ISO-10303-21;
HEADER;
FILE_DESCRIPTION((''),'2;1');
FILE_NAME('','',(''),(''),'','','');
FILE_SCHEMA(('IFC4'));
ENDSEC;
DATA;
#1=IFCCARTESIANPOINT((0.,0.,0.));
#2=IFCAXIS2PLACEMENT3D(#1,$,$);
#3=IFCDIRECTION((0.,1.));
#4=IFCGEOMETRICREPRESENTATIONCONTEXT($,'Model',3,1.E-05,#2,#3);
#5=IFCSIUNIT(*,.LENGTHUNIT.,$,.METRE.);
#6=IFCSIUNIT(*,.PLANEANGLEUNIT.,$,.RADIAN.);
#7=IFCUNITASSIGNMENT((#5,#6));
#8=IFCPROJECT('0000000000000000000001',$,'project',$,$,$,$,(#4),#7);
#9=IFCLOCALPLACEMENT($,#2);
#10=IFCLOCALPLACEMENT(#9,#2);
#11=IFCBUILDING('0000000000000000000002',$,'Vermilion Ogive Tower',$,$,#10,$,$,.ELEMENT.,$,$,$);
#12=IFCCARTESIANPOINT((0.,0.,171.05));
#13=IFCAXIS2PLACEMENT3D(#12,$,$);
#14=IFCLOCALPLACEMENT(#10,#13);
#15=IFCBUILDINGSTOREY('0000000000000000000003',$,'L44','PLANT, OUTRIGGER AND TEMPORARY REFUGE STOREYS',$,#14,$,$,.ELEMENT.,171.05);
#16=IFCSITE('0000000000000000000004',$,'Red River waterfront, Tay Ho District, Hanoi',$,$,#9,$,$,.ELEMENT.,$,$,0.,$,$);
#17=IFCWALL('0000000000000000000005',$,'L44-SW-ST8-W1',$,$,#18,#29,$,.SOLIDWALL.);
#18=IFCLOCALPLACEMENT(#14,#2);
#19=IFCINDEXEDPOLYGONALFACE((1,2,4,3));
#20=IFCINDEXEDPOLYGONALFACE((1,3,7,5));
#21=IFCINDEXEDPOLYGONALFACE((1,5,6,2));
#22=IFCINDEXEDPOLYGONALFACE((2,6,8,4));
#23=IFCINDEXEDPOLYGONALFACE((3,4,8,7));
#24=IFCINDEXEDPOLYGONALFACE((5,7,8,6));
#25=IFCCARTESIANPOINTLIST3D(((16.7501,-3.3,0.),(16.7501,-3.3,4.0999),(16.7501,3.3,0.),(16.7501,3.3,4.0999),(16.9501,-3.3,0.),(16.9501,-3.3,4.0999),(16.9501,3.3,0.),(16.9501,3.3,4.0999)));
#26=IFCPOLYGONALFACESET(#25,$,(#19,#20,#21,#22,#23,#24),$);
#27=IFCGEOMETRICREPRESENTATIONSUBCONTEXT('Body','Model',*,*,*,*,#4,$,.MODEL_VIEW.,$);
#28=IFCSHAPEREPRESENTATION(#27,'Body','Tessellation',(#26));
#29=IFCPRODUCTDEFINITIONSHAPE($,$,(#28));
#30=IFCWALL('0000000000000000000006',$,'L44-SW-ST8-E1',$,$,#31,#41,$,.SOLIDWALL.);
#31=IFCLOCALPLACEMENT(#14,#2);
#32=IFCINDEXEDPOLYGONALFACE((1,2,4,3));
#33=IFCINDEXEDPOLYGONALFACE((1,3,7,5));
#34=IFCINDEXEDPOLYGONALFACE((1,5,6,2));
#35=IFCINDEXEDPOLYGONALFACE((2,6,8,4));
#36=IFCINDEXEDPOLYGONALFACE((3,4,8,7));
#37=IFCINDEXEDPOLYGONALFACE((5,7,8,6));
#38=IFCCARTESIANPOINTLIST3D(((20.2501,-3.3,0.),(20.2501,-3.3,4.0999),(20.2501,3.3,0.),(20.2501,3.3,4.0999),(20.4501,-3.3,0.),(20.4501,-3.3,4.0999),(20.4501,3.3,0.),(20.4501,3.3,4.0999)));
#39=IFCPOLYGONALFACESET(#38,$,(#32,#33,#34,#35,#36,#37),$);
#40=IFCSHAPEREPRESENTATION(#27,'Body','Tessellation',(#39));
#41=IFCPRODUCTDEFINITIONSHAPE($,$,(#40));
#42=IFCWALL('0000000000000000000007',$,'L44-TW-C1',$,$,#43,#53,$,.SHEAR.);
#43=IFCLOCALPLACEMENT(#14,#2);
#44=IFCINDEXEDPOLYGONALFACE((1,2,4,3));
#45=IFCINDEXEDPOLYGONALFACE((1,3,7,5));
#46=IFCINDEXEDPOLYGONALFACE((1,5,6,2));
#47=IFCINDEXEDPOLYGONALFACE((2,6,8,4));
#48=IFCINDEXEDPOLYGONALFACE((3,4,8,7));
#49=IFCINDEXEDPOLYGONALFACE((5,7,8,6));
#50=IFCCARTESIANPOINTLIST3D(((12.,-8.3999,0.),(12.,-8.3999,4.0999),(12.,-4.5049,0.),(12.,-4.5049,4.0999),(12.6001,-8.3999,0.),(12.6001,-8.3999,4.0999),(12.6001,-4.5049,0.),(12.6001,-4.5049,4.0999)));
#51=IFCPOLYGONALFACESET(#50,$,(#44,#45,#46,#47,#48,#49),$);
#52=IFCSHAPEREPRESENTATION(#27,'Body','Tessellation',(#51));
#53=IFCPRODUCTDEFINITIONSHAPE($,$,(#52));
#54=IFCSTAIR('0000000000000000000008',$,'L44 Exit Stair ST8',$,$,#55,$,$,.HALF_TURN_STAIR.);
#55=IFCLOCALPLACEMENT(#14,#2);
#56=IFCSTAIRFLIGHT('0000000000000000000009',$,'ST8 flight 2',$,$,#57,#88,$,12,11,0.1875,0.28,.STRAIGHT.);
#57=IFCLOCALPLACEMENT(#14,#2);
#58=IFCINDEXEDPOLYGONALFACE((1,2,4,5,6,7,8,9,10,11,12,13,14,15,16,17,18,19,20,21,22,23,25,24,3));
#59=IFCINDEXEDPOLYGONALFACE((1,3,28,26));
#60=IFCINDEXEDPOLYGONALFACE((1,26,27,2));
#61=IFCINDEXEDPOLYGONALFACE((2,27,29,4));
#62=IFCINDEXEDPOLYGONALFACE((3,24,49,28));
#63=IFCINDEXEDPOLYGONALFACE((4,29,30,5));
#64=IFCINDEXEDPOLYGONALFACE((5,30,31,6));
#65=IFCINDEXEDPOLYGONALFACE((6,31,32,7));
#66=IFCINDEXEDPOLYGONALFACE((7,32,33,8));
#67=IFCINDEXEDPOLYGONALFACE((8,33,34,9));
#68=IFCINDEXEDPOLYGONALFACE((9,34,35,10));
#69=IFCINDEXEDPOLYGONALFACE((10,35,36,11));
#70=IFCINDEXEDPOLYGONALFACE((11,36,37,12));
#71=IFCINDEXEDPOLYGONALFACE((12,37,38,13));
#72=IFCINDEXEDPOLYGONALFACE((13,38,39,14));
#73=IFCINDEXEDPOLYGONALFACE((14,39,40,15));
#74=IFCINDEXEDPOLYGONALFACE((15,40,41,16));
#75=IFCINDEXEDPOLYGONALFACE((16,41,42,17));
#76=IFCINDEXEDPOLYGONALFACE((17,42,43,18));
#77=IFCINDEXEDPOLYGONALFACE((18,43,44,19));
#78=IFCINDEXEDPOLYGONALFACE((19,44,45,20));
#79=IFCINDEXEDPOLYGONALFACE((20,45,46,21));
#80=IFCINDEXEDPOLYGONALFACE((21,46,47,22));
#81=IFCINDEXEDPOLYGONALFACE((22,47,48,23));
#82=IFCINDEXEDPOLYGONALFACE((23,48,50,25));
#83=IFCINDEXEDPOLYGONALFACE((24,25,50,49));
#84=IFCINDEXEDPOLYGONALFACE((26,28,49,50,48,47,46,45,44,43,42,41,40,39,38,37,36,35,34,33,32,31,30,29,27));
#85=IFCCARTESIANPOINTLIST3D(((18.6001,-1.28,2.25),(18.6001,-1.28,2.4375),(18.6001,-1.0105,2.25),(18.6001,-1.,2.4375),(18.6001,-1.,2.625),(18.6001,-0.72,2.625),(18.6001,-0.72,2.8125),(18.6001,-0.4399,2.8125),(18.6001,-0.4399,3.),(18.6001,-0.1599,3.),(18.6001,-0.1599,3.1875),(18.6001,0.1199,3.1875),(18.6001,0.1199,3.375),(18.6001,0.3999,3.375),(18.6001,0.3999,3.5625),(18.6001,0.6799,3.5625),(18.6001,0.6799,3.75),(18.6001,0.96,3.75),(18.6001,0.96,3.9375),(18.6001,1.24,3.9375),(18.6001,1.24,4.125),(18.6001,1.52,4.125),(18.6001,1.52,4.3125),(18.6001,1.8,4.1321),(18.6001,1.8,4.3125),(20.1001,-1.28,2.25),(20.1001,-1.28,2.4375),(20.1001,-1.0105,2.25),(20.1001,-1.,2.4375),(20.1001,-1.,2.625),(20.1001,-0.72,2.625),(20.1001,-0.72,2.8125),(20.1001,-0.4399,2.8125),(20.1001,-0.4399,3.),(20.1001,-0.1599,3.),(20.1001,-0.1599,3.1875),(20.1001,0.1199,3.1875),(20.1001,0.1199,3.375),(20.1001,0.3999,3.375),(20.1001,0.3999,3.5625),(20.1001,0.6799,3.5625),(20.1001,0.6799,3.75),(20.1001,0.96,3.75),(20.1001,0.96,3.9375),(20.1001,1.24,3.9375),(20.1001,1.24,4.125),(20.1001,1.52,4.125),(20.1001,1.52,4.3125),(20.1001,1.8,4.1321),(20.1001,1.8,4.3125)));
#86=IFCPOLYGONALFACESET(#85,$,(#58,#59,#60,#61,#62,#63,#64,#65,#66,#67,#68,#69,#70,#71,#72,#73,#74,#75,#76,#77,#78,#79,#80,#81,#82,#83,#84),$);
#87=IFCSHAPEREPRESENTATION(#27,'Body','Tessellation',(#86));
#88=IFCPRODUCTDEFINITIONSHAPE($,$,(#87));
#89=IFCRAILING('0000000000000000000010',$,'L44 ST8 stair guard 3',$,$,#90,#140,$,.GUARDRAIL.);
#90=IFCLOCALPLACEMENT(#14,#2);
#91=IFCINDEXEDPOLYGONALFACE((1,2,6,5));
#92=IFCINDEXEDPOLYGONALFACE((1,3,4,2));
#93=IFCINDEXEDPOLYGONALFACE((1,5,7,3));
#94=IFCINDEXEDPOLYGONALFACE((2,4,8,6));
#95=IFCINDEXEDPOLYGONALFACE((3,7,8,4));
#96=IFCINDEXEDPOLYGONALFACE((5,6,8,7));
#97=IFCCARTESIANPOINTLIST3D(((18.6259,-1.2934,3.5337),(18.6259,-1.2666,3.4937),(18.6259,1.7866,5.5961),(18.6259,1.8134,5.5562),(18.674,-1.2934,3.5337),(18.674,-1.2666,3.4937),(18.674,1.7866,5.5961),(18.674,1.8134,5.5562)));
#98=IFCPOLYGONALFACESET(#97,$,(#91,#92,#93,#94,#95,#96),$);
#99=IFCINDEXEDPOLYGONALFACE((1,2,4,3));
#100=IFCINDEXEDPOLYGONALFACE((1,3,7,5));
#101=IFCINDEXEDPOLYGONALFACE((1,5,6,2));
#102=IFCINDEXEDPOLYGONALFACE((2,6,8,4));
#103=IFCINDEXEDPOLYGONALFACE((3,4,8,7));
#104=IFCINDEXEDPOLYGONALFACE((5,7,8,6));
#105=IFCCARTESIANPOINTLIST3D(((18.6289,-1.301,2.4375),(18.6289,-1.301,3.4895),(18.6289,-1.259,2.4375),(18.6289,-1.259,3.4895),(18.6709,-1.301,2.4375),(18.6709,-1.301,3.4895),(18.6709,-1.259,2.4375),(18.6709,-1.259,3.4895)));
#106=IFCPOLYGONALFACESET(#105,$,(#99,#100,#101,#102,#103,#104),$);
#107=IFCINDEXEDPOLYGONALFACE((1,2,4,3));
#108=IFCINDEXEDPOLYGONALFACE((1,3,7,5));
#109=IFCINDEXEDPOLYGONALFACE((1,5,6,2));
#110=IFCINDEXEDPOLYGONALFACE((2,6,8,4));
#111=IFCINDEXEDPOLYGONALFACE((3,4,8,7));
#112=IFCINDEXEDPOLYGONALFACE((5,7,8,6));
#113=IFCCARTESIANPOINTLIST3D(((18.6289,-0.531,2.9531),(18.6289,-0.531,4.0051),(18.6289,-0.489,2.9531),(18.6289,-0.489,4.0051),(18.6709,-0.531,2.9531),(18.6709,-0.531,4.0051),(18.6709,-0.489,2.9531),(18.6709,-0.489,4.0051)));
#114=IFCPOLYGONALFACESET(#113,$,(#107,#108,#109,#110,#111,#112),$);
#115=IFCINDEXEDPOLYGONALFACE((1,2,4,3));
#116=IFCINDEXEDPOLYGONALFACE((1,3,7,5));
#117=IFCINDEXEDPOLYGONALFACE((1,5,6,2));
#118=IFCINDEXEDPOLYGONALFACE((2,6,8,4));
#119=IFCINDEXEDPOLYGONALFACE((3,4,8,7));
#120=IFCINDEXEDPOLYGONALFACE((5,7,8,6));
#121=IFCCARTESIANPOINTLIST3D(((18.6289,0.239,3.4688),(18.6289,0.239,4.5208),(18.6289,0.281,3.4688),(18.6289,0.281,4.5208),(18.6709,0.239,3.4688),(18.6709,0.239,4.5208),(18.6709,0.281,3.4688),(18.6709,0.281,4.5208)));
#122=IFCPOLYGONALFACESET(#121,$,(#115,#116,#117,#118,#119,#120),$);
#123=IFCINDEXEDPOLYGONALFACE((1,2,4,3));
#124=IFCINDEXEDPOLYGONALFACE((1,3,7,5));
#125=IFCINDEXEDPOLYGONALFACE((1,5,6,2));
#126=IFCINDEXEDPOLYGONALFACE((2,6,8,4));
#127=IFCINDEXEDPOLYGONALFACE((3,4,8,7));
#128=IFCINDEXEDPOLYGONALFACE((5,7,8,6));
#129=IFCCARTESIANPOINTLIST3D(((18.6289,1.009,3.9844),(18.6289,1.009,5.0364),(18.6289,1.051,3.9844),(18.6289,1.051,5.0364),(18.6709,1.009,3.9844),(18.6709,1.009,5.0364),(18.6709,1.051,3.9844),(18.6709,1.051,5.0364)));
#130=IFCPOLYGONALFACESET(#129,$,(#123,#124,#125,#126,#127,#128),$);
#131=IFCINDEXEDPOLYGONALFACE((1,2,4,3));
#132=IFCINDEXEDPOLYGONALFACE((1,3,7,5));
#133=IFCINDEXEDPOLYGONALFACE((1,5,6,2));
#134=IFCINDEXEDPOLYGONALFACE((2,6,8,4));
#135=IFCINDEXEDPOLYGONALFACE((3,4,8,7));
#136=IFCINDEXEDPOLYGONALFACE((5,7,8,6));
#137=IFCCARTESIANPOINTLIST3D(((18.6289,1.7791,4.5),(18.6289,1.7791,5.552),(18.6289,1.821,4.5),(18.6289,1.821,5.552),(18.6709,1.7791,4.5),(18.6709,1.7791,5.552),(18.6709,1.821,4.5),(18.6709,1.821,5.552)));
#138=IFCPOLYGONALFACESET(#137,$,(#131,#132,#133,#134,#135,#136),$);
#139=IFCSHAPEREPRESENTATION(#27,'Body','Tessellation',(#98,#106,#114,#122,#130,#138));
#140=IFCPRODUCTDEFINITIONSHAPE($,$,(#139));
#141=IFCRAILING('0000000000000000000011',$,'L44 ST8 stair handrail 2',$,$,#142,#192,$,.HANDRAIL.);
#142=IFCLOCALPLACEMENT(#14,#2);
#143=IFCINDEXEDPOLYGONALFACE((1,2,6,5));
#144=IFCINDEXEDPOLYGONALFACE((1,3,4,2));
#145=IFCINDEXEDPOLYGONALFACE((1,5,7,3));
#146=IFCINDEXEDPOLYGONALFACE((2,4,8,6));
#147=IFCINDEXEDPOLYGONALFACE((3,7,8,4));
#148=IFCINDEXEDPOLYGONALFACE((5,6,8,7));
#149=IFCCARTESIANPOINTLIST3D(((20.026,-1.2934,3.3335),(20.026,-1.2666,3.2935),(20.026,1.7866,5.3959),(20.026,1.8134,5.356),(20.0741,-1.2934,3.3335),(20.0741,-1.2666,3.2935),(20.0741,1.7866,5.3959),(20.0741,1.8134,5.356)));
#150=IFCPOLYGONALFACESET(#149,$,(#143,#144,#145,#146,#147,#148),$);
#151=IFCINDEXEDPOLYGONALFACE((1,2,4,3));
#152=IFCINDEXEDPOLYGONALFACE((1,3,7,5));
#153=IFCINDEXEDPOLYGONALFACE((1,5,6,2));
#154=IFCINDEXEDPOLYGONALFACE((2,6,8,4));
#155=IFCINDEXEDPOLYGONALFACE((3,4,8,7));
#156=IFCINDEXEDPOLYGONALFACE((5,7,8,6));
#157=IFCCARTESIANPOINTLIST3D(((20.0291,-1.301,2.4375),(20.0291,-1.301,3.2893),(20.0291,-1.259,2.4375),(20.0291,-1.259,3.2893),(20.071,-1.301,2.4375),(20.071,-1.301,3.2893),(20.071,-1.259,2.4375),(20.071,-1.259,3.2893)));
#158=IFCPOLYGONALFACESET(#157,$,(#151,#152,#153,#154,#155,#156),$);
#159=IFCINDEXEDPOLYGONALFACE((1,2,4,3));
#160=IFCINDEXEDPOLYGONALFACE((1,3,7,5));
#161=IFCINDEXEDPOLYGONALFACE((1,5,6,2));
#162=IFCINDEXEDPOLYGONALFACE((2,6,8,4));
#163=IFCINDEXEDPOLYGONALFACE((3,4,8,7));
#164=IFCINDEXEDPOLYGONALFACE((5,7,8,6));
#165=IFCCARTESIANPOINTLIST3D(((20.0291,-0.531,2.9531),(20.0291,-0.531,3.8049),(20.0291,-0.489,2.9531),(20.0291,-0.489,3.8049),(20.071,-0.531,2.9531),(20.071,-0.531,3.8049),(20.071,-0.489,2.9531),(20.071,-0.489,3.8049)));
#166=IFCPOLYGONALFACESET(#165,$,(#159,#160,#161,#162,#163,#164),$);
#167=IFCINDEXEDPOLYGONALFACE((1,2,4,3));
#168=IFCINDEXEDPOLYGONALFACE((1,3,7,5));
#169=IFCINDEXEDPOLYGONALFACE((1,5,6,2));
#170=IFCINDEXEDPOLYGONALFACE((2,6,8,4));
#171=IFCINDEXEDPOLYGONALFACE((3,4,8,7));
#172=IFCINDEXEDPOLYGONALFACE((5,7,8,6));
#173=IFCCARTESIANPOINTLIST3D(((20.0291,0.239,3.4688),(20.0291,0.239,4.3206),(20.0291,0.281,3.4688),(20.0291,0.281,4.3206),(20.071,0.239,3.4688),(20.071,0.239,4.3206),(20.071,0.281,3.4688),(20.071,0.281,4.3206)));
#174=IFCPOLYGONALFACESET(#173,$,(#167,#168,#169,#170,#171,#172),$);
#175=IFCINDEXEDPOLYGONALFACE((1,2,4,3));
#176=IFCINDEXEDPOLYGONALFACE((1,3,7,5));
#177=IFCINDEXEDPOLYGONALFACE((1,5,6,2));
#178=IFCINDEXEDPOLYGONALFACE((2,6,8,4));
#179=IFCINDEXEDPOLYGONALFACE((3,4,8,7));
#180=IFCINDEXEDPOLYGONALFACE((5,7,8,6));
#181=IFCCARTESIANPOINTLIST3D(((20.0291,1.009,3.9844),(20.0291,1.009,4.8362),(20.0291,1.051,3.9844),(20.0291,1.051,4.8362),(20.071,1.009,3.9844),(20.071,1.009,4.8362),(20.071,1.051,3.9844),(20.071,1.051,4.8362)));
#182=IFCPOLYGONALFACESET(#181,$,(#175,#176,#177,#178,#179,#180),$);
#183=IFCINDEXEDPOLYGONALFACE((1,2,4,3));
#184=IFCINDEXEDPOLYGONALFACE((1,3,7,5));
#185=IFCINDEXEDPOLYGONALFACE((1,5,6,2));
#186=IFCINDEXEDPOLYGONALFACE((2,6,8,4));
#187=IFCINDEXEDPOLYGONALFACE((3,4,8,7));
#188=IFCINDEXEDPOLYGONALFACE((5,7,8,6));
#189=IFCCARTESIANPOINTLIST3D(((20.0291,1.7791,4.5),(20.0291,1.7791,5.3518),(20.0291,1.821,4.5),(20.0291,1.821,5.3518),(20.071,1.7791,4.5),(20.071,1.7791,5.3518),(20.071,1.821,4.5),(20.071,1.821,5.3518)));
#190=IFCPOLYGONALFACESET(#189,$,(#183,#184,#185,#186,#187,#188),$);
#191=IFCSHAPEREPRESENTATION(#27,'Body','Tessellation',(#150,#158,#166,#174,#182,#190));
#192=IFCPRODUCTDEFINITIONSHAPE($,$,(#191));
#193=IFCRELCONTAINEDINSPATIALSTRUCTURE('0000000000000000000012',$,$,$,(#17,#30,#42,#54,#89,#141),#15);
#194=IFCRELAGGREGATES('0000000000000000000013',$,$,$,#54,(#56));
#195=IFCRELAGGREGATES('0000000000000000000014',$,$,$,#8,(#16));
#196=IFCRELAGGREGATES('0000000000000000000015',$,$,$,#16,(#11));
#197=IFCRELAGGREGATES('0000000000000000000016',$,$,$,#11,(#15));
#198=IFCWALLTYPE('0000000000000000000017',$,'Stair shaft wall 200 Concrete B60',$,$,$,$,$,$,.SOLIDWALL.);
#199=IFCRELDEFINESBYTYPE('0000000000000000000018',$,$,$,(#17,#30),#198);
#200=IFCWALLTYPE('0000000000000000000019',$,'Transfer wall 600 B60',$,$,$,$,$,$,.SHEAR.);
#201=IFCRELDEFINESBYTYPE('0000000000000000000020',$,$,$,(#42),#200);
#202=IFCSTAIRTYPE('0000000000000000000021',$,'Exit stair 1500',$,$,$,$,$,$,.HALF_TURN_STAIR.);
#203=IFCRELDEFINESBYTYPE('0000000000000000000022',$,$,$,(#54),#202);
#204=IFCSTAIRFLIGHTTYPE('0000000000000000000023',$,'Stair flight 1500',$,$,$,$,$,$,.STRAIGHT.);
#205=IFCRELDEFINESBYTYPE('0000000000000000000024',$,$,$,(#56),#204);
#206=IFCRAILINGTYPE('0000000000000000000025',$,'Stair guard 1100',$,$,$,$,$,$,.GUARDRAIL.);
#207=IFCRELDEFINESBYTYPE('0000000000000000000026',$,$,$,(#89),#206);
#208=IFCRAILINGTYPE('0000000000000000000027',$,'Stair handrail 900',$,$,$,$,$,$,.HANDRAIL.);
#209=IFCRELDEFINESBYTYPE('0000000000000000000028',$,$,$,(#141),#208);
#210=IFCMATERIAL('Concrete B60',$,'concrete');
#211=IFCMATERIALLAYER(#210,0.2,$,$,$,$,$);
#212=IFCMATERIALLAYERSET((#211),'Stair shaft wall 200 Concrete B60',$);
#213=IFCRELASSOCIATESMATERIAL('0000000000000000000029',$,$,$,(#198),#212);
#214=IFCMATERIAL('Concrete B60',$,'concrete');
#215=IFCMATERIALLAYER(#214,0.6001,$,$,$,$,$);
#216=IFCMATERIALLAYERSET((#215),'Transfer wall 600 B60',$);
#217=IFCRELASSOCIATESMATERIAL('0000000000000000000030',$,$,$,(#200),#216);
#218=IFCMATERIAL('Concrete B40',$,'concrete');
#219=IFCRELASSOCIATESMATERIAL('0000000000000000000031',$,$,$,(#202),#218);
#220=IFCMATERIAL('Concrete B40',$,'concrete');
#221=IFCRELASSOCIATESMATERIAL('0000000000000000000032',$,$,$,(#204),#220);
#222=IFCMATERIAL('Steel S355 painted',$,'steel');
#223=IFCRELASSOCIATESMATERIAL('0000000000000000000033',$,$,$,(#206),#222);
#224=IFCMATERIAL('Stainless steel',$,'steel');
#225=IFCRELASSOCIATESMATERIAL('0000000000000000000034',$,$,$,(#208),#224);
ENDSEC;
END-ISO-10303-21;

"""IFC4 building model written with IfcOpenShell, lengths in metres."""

from ifc_helpers import new_model, si_unit, direction, frame, frame_2d, origin, origin_2d, place, context, subcontext, project, spatial, polyline, rectangle, outline, extrude, material, layer, layer_set, type_object, element, aggregate, save


model = new_model("IFC4")

# Units and contexts
model_context = context("Model", 3, precision=1e-05, world=origin(), true_north=direction((0.0, 1.0)))
body_context = subcontext(model_context, "Body", "Model", "MODEL_VIEW")
ifc_project = project(units=[si_unit("LENGTHUNIT", "METRE"), si_unit("PLANEANGLEUNIT", "RADIAN")], contexts=[model_context])

# Site, building, storey
site_placement = place(None, origin())
site = spatial("IfcSite", under=ifc_project, at=site_placement, Name="Red River waterfront, Tay Ho District, Hanoi", CompositionType="ELEMENT", RefElevation=0.0)
building_placement = place(site_placement, origin())
building = spatial("IfcBuilding", under=site, at=building_placement, Name="Vermilion Ogive Tower", CompositionType="ELEMENT")
storey_placement = place(building_placement, frame((0.0, 0.0, 171.05)))
storey = spatial("IfcBuildingStorey", under=building, at=storey_placement, Name="L44", Description="PLANT, OUTRIGGER AND TEMPORARY REFUGE STOREYS", CompositionType="ELEMENT", Elevation=171.05)

# Walls
ifc_material_1 = material(Name="Concrete B60", Category="concrete")
ifc_layer_1 = layer(ifc_material_1, 0.2)
ifc_layer_set_1 = layer_set([ifc_layer_1], Name="Stair shaft wall 200 Concrete B60")
wall_type_1 = type_object("IfcWallType", Name="Stair shaft wall 200 Concrete B60", PredefinedType="SOLIDWALL", material=ifc_layer_set_1)
for number, where, z_axis, x_axis, name in (
    (1, (16.8501, -3.3, 0.0), (0.0, 0.0, 1.0), (0.0, 1.0, 0.0), "L44-SW-ST8-W1"),
    (2, (20.3501, -3.3, 0.0), (0.0, 0.0, 1.0), (0.0, 1.0, 0.0), "L44-SW-ST8-E1"),
):
    element("IfcWall", number, at=place(storey_placement, frame(where, z_axis=z_axis, x_axis=x_axis)), inside=storey, type_object=wall_type_1, Name=name, PredefinedType="SOLIDWALL", context=body_context, shape_type="SweptSolid", body=[
        extrude(rectangle(XDim=6.6001, YDim=0.2, at=frame_2d((3.3, 0.0))), origin(), (0.0, 0.0, 1.0), 4.0999),
    ])
ifc_material_2 = material(Name="Concrete B60", Category="concrete")
ifc_layer_2 = layer(ifc_material_2, 0.6001)
ifc_layer_set_2 = layer_set([ifc_layer_2], Name="Transfer wall 600 B60")
wall_type_2 = type_object("IfcWallType", Name="Transfer wall 600 B60", PredefinedType="SHEAR", material=ifc_layer_set_2)
wall_1_placement = place(storey_placement, frame((12.3, -8.3999, 0.0), z_axis=(0.0, 0.0, 1.0), x_axis=(0.0, 1.0, 0.0)))
element("IfcWall", 3, at=wall_1_placement, inside=storey, type_object=wall_type_2, Name="L44-TW-C1", PredefinedType="SHEAR", context=body_context, shape_type="SweptSolid", body=[
    extrude(rectangle(XDim=3.895, YDim=0.6001, at=frame_2d((1.9475, 0.0))), origin(), (0.0, 0.0, 1.0), 4.0999),
])

# Stair, stair flight
ifc_material_3 = material(Name="Concrete B40", Category="concrete")
stair_type = type_object("IfcStairType", Name="Exit stair 1500", PredefinedType="HALF_TURN_STAIR", material=ifc_material_3)
stair_placement = place(storey_placement, origin())
stair = element("IfcStair", 4, at=stair_placement, inside=storey, type_object=stair_type, Name="L44 Exit Stair ST8", PredefinedType="HALF_TURN_STAIR")
ifc_material_4 = material(Name="Concrete B40", Category="concrete")
stair_flight_type = type_object("IfcStairFlightType", Name="Stair flight 1500", PredefinedType="STRAIGHT", material=ifc_material_4)
stair_flight_placement = place(storey_placement, frame((19.3501, -1.28, 2.25), z_axis=(0.0, 0.0, 1.0), x_axis=(0.0, 1.0, 0.0)))
stair_flight = element("IfcStairFlight", 5, at=stair_flight_placement, type_object=stair_flight_type, Name="ST8 flight 2", NumberOfRisers=12, NumberOfTreads=11, PredefinedType="STRAIGHT", RiserHeight=0.1875, TreadLength=0.28, context=body_context, shape_type="SweptSolid", body=[
    extrude(outline(polyline([(0.0, 0.0), (0.0, 0.1875), (0.28, 0.1875), (0.28, 0.375), (0.5601, 0.375), (0.5601, 0.5625), (0.8401, 0.5625), (0.8401, 0.75), (1.1201, 0.75), (1.1201, 0.9375), (1.3999, 0.9375), (1.3999, 1.125), (1.6799, 1.125), (1.6799, 1.3125), (1.96, 1.3125), (1.96, 1.5), (2.24, 1.5), (2.24, 1.6875), (2.52, 1.6875), (2.52, 1.875), (2.8, 1.875), (2.8, 2.0625), (3.0801, 2.0625), (3.0801, 2.25), (3.0801, 1.8821), (0.2695, 0.0), (0.0, 0.0)])), frame((0.0, 0.75, 0.0), z_axis=(0.0, -1.0, 0.0), x_axis=(1.0, 0.0, 0.0)), (0.0, 0.0, 1.0), 1.5),
])
aggregate(stair, [stair_flight])

# Railings
ifc_material_5 = material(Name="Steel S355 painted", Category="steel")
railing_type_1 = type_object("IfcRailingType", Name="Stair guard 1100", PredefinedType="GUARDRAIL", material=ifc_material_5)
railing_1_placement = place(storey_placement, frame((18.6499, -1.28, 2.4375)))
element("IfcRailing", 6, at=railing_1_placement, inside=storey, type_object=railing_type_1, Name="L44 ST8 stair guard 3", PredefinedType="GUARDRAIL", context=body_context, shape_type="SweptSolid", body=[
    extrude(rectangle(XDim=0.0481, YDim=0.0481, at=origin_2d()), frame((0.0, 0.0, 1.0762), z_axis=(0.0, 0.830914, 0.556401), x_axis=(-1.0, 0.0, 0.0)), (0.0, 0.0, 1.0), 3.7068),
    extrude(rectangle(XDim=0.042, YDim=0.042, at=origin_2d()), origin(), (0.0, 0.0, 1.0), 1.052),
    extrude(rectangle(XDim=0.042, YDim=0.042, at=origin_2d()), frame((0.0, 0.77, 0.5156)), (0.0, 0.0, 1.0), 1.052),
    extrude(rectangle(XDim=0.042, YDim=0.042, at=origin_2d()), frame((0.0, 1.54, 1.0312)), (0.0, 0.0, 1.0), 1.052),
    extrude(rectangle(XDim=0.042, YDim=0.042, at=origin_2d()), frame((0.0, 2.3101, 1.5469)), (0.0, 0.0, 1.0), 1.052),
    extrude(rectangle(XDim=0.042, YDim=0.042, at=origin_2d()), frame((0.0, 3.0801, 2.0625)), (0.0, 0.0, 1.0), 1.052),
])
ifc_material_6 = material(Name="Stainless steel", Category="steel")
railing_type_2 = type_object("IfcRailingType", Name="Stair handrail 900", PredefinedType="HANDRAIL", material=ifc_material_6)
railing_2_placement = place(storey_placement, frame((20.05, -1.28, 2.4375)))
element("IfcRailing", 7, at=railing_2_placement, inside=storey, type_object=railing_type_2, Name="L44 ST8 stair handrail 2", PredefinedType="HANDRAIL", context=body_context, shape_type="SweptSolid", body=[
    extrude(rectangle(XDim=0.0481, YDim=0.0481, at=origin_2d()), frame((0.0, 0.0, 0.876), z_axis=(0.0, 0.830914, 0.556401), x_axis=(-1.0, 0.0, 0.0)), (0.0, 0.0, 1.0), 3.7068),
    extrude(rectangle(XDim=0.042, YDim=0.042, at=origin_2d()), origin(), (0.0, 0.0, 1.0), 0.8518),
    extrude(rectangle(XDim=0.042, YDim=0.042, at=origin_2d()), frame((0.0, 0.77, 0.5156)), (0.0, 0.0, 1.0), 0.8518),
    extrude(rectangle(XDim=0.042, YDim=0.042, at=origin_2d()), frame((0.0, 1.54, 1.0312)), (0.0, 0.0, 1.0), 0.8518),
    extrude(rectangle(XDim=0.042, YDim=0.042, at=origin_2d()), frame((0.0, 2.3101, 1.5469)), (0.0, 0.0, 1.0), 0.8518),
    extrude(rectangle(XDim=0.042, YDim=0.042, at=origin_2d()), frame((0.0, 3.0801, 2.0625)), (0.0, 0.0, 1.0), 0.8518),
])

save(model, "model.ifc")
